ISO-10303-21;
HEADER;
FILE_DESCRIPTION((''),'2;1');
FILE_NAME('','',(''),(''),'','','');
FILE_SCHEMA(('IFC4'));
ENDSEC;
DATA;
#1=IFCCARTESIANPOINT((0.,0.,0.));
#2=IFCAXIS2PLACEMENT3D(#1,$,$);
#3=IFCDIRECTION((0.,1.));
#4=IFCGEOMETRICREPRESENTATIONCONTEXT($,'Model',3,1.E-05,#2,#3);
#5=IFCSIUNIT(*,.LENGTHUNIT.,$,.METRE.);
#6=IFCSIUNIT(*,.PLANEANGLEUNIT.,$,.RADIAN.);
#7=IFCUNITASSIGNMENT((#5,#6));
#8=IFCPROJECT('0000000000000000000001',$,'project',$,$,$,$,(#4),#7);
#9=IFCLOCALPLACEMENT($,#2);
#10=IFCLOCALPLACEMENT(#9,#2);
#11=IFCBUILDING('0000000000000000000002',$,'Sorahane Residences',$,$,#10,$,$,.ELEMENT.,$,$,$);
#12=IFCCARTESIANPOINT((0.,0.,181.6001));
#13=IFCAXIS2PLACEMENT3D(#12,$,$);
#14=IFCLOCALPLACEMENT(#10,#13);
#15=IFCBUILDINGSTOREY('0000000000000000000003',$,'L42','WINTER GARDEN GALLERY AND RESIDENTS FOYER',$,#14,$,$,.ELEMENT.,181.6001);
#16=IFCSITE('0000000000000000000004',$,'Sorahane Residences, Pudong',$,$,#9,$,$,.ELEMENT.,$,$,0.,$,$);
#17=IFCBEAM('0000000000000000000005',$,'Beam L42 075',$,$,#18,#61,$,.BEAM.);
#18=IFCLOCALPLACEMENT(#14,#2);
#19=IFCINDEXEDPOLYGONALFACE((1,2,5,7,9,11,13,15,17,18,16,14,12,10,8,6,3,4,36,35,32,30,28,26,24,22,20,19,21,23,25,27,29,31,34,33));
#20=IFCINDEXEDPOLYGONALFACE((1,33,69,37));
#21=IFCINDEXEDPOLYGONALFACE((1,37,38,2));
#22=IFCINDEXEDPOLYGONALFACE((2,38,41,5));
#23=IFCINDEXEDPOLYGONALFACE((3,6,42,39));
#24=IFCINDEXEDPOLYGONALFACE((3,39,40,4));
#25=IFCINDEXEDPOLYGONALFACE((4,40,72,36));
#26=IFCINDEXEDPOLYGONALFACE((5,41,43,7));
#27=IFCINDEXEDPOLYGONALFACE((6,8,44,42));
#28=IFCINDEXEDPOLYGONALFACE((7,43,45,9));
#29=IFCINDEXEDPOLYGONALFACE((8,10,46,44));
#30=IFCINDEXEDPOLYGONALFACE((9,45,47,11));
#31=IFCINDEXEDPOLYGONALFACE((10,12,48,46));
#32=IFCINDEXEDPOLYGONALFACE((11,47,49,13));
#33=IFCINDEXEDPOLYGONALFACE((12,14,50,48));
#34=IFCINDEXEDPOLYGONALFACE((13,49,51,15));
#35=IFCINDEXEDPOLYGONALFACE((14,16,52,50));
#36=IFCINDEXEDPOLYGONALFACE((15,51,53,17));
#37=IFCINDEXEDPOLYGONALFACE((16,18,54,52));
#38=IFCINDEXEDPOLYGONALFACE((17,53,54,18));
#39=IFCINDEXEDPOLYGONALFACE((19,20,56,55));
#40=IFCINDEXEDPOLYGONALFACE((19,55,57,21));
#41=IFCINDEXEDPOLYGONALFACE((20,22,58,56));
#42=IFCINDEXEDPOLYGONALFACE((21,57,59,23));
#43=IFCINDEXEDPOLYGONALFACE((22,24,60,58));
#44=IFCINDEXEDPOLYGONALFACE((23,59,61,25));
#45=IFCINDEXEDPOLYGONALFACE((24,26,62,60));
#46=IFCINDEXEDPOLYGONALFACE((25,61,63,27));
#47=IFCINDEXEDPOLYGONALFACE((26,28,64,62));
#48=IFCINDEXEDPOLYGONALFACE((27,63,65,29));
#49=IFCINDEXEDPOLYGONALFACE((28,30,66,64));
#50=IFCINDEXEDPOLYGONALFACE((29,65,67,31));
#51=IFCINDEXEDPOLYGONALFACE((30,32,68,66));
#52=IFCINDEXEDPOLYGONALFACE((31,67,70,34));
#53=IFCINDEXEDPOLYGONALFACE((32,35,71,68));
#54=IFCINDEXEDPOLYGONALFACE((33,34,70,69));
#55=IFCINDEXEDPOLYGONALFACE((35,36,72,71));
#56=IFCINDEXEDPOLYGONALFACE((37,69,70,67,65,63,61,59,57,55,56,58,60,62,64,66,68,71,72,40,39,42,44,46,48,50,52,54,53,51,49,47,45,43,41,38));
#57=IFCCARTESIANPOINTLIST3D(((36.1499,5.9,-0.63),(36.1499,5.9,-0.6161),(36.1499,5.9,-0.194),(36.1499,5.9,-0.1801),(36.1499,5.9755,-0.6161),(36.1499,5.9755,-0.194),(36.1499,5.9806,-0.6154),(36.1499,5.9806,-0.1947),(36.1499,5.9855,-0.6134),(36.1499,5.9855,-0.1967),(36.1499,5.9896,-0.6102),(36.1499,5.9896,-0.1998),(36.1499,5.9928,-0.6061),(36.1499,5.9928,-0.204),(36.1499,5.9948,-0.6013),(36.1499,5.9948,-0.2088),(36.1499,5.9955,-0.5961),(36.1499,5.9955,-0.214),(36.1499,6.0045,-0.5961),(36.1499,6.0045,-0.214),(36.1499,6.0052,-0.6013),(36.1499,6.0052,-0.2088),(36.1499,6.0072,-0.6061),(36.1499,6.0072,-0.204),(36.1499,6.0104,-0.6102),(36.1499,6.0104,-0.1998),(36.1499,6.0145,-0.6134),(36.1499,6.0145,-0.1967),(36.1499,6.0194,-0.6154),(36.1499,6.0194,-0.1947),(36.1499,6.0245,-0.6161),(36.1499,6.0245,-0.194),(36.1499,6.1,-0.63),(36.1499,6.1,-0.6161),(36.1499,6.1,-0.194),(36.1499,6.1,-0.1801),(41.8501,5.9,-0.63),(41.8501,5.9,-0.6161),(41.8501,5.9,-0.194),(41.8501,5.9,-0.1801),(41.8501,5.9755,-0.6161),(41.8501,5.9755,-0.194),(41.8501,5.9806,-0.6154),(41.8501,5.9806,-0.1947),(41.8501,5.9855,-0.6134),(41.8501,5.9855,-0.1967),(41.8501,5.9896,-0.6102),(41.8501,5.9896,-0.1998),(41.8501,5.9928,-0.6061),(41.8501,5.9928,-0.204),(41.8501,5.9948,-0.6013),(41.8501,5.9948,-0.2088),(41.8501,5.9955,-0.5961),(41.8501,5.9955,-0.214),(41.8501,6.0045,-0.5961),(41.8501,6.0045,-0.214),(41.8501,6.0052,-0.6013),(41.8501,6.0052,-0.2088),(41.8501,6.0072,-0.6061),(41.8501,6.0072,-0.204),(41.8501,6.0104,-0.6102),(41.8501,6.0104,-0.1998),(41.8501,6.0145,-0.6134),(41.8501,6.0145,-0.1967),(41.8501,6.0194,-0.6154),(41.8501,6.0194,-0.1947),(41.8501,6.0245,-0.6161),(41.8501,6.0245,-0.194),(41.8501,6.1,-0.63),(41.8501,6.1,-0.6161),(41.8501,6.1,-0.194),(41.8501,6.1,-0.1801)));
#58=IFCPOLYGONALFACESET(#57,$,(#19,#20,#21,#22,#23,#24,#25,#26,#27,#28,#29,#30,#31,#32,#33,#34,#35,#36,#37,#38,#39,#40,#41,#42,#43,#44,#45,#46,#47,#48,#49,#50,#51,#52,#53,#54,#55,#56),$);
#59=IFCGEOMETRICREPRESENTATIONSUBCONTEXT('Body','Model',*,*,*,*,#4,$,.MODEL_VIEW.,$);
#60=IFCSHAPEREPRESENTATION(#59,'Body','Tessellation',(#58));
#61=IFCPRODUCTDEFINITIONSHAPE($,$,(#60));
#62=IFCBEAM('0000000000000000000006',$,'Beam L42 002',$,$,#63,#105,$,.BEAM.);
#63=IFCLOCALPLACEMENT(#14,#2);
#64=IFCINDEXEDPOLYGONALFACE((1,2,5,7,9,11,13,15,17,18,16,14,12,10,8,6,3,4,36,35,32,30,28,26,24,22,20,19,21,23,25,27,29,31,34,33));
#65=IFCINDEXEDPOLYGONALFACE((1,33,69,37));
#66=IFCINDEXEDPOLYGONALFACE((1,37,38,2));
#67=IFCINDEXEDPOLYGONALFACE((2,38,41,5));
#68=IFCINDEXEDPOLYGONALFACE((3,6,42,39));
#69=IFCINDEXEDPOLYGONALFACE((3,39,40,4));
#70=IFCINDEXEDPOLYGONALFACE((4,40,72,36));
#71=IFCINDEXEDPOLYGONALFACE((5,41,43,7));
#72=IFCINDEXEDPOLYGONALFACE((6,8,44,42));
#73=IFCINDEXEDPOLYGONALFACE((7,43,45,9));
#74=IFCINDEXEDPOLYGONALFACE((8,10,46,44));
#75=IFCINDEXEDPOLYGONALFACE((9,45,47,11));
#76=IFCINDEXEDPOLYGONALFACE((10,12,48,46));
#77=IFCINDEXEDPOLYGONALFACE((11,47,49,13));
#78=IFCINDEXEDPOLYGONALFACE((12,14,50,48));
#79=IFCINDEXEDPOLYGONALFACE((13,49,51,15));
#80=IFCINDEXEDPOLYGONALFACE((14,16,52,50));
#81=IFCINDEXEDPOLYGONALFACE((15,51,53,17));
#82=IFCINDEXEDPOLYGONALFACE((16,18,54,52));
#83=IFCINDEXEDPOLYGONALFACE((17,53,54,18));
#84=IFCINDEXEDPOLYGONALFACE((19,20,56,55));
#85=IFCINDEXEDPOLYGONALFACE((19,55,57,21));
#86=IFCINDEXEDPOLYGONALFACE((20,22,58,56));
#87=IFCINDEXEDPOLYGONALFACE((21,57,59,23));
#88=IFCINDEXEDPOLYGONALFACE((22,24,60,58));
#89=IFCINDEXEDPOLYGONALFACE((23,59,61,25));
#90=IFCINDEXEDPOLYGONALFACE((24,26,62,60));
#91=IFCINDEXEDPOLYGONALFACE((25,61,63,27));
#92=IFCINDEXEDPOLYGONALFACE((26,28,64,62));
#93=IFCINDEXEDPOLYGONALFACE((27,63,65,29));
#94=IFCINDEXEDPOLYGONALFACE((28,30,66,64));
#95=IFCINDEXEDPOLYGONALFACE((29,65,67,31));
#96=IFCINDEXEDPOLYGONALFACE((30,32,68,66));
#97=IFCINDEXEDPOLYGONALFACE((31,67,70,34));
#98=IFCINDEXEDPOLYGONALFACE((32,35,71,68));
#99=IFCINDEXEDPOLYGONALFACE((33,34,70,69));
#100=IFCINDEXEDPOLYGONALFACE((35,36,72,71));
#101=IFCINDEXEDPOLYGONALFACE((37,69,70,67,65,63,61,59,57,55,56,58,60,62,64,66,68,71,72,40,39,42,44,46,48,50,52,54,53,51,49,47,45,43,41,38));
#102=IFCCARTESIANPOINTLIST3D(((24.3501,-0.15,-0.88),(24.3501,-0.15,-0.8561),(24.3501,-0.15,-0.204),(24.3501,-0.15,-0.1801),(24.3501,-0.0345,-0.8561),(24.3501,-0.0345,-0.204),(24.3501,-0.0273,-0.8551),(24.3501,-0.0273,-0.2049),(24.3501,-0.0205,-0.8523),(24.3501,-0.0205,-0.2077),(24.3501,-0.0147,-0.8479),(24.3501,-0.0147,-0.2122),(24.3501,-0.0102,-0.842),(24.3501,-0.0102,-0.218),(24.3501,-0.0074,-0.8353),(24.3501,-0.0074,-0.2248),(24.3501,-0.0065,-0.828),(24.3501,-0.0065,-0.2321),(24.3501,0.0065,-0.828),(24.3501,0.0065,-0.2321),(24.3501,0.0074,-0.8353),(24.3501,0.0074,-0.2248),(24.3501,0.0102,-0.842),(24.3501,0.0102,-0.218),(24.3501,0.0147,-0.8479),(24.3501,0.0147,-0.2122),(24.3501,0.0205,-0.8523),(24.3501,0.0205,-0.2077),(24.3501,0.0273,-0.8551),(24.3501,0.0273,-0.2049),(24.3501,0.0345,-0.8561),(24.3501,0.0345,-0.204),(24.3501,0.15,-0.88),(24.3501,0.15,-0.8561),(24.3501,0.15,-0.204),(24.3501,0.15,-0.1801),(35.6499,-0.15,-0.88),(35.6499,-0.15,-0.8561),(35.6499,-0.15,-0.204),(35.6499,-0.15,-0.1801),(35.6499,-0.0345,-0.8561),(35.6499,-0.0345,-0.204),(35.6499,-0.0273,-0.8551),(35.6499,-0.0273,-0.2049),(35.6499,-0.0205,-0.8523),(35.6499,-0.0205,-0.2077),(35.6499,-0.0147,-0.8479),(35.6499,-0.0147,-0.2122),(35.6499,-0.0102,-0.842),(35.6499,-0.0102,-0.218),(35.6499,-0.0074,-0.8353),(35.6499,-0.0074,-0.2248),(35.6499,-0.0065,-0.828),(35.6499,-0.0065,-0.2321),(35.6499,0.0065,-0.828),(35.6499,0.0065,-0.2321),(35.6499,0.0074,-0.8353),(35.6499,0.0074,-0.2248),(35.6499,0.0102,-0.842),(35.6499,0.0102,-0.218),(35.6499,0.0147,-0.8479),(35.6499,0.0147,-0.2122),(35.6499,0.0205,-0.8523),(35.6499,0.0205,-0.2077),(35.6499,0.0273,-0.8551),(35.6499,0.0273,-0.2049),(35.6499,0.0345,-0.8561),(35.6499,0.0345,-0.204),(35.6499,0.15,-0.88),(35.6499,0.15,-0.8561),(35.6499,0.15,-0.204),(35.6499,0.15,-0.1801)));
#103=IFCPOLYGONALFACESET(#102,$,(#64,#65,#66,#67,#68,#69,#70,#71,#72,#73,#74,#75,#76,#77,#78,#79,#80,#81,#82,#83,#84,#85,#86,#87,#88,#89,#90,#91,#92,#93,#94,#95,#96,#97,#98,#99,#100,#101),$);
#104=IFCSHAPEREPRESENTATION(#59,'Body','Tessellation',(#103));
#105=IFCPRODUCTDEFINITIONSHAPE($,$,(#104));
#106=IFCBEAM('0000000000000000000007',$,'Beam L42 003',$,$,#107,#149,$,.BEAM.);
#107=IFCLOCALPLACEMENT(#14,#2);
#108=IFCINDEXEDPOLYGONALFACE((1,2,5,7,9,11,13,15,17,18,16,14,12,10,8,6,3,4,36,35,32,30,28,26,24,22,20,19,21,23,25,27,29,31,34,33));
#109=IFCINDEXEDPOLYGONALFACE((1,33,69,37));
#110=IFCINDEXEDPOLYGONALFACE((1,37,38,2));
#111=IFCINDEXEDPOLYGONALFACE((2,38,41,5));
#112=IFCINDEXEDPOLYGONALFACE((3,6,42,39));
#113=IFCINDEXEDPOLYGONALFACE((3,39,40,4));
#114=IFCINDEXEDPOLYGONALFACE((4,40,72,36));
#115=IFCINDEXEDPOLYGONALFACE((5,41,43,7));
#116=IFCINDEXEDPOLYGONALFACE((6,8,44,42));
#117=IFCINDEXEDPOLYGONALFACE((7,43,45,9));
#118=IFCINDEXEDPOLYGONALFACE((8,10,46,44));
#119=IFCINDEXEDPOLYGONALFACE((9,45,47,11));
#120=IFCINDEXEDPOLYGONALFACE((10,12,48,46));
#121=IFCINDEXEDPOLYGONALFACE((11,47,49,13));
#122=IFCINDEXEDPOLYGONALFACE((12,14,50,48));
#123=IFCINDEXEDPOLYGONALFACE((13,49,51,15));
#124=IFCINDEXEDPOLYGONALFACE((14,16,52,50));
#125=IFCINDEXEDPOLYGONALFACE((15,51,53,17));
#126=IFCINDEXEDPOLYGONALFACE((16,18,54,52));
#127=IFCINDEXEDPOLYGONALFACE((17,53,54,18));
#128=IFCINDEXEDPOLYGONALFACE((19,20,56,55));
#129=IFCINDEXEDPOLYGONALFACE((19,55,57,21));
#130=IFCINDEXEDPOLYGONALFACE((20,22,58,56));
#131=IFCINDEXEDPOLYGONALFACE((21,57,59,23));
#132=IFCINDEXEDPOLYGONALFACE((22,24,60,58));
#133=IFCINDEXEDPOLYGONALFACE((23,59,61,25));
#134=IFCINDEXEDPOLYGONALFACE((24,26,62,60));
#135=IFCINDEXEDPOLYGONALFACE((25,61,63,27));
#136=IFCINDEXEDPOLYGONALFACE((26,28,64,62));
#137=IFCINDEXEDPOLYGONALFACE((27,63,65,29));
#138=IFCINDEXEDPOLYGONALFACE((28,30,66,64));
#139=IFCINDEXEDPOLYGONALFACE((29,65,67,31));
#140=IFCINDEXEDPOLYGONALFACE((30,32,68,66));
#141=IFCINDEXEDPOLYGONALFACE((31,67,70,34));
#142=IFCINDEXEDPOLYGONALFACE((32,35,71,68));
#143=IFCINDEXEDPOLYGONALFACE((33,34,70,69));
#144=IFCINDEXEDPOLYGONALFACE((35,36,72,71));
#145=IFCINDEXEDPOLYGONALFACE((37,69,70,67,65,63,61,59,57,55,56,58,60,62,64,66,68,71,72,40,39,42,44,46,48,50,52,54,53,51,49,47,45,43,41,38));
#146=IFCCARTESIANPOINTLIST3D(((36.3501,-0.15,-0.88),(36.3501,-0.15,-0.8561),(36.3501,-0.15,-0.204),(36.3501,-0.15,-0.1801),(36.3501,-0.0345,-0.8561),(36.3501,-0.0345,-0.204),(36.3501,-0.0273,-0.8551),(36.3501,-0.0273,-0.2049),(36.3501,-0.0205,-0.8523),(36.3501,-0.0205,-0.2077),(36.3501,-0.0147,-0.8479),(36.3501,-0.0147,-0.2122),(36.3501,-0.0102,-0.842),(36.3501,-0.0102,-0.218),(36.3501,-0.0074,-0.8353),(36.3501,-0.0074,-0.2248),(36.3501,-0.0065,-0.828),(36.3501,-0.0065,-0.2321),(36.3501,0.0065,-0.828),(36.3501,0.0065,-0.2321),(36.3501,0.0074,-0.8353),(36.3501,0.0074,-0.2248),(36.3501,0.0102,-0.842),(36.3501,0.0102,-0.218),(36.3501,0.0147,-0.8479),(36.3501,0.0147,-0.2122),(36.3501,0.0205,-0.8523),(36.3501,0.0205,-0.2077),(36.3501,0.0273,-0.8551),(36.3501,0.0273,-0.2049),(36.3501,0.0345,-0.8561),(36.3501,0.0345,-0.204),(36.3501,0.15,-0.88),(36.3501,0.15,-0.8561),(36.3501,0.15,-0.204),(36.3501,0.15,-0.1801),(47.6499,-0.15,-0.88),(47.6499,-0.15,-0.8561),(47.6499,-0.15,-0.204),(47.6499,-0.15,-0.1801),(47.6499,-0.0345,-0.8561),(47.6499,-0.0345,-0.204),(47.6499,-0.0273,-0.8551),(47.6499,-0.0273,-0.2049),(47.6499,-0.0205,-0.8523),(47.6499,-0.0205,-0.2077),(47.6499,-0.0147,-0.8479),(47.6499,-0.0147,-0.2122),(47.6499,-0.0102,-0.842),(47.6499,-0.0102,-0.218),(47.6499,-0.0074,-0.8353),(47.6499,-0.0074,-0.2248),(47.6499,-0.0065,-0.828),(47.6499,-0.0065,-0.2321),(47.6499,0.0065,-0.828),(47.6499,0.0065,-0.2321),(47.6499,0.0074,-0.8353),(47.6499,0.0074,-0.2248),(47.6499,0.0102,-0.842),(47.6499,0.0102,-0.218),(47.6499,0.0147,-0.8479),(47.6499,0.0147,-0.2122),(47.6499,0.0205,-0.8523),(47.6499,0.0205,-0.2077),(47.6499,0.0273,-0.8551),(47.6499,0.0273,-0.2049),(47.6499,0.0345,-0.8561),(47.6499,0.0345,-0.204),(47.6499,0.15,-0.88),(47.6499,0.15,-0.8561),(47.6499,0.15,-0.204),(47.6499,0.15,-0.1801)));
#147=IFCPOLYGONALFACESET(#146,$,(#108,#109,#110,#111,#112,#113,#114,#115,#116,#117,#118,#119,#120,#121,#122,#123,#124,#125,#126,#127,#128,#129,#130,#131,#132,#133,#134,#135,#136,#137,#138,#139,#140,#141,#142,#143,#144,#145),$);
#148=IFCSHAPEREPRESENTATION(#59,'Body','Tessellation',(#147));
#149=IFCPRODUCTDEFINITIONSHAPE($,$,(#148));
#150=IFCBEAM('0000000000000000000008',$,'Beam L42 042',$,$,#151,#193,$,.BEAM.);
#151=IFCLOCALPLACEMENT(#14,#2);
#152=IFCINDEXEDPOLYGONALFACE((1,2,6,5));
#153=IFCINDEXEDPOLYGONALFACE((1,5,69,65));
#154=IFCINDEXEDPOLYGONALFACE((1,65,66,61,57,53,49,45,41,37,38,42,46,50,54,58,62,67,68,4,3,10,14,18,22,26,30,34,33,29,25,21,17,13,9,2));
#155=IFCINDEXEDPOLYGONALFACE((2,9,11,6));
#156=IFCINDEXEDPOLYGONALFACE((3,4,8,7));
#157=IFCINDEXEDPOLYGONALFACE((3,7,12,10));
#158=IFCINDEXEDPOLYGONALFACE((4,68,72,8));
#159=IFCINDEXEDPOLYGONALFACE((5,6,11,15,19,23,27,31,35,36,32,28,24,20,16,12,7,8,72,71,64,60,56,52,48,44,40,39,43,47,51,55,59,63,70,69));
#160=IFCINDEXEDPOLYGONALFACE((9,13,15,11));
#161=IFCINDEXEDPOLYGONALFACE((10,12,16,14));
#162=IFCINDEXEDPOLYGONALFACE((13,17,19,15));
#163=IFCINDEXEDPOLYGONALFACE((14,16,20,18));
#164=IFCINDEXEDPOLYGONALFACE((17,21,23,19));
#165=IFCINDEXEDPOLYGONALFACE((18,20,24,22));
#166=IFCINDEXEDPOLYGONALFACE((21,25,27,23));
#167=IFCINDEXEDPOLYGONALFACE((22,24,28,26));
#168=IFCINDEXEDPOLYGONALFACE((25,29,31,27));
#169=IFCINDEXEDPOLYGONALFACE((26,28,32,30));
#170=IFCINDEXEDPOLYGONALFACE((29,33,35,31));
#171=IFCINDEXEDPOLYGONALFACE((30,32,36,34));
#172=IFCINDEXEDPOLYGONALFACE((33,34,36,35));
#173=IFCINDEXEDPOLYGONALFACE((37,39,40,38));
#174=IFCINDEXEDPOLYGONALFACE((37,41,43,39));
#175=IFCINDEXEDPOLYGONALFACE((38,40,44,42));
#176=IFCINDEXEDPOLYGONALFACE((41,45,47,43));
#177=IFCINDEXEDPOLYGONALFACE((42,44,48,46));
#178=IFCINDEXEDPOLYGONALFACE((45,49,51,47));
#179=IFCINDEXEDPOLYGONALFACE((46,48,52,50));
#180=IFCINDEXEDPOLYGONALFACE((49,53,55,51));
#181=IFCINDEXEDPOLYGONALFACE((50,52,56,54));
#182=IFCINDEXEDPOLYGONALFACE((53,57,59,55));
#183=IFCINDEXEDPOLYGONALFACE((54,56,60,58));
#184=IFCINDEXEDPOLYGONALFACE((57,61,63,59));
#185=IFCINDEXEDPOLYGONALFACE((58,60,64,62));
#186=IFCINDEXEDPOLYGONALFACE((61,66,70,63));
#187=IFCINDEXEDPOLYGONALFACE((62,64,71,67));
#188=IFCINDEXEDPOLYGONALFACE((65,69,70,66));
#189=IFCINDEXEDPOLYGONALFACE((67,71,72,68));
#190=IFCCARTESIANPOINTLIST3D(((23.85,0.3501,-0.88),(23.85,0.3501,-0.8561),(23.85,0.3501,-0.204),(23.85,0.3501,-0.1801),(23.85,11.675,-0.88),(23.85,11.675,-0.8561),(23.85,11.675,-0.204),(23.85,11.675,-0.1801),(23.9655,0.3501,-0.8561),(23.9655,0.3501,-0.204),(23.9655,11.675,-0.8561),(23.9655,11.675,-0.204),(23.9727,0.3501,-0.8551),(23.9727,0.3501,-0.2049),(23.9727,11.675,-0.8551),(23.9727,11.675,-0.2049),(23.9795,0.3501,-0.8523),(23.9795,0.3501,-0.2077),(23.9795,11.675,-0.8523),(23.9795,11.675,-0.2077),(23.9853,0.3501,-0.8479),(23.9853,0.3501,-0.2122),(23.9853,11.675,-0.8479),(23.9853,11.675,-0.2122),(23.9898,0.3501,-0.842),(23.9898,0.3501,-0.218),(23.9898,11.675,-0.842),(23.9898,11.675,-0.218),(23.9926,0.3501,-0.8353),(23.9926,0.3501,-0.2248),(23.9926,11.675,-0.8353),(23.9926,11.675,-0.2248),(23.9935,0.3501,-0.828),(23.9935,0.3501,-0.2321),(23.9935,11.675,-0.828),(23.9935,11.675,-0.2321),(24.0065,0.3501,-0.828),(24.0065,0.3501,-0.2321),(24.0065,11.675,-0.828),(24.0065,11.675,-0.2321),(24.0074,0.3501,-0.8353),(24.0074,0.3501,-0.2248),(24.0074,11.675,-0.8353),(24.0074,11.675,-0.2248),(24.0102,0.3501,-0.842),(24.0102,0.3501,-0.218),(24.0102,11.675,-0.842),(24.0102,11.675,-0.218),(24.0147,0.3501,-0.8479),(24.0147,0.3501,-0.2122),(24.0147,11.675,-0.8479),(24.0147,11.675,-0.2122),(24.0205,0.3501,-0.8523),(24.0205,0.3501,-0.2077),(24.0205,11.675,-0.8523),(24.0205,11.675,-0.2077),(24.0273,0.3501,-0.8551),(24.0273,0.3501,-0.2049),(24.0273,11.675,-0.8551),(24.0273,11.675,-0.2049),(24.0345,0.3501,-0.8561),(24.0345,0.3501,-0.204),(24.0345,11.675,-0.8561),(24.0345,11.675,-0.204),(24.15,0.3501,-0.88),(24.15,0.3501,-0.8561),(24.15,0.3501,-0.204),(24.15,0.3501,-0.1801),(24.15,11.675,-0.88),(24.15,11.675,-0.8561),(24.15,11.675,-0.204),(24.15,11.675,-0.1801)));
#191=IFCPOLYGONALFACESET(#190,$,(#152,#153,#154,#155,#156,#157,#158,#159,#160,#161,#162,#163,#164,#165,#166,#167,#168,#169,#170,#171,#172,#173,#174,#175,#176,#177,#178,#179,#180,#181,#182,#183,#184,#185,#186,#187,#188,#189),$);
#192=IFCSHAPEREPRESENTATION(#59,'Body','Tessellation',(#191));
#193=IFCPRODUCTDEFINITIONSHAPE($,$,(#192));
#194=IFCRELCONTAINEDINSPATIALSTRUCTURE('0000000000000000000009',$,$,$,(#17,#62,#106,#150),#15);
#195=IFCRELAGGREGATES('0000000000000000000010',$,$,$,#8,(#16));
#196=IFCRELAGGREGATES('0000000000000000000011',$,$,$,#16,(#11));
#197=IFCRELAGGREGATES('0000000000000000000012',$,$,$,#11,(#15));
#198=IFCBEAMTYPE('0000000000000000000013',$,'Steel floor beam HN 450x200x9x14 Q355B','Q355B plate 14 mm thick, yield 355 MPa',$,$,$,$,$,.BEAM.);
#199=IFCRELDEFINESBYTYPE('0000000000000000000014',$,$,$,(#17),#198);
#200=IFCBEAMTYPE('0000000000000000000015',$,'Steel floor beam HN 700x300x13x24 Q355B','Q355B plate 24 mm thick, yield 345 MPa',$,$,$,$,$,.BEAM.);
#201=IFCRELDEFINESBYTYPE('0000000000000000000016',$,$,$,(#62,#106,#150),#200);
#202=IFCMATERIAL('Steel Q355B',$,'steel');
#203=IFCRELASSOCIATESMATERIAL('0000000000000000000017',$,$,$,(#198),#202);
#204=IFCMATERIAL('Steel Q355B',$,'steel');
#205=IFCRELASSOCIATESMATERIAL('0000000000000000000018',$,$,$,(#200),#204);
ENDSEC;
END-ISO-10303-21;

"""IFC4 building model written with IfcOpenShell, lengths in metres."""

from ifc_helpers import new_model, si_unit, direction, frame, origin, origin_2d, place, context, subcontext, project, spatial, i_section, extrude, material, material_profile, profile_set, type_object, element, save


model = new_model("IFC4")

# Units and contexts
model_context = context("Model", 3, precision=1e-05, world=origin(), true_north=direction((0.0, 1.0)))
body_context = subcontext(model_context, "Body", "Model", "MODEL_VIEW")
ifc_project = project(units=[si_unit("LENGTHUNIT", "METRE"), si_unit("PLANEANGLEUNIT", "RADIAN")], contexts=[model_context])

# Site, building, storey
site_placement = place(None, origin())
site = spatial("IfcSite", under=ifc_project, at=site_placement, Name="Sorahane Residences, Pudong", CompositionType="ELEMENT", RefElevation=0.0)
building_placement = place(site_placement, origin())
building = spatial("IfcBuilding", under=site, at=building_placement, Name="Sorahane Residences", CompositionType="ELEMENT")
storey_placement = place(building_placement, frame((0.0, 0.0, 181.6001)))
storey = spatial("IfcBuildingStorey", under=building, at=storey_placement, Name="L42", Description="WINTER GARDEN GALLERY AND RESIDENTS FOYER", CompositionType="ELEMENT", Elevation=181.6001)

# Beams
ifc_material_1 = material(Name="Steel Q355B", Category="steel")
ifc_material_profile_1 = material_profile(ifc_material_1, i_section(OverallWidth=0.2, OverallDepth=0.45, WebThickness=0.009, FlangeThickness=0.0139, FilletRadius=0.02, at=origin_2d()), Name="HN 450x200x9x14")
ifc_profile_set_1 = profile_set([ifc_material_profile_1], Name="Steel Q355B")
beam_type_1 = type_object("IfcBeamType", Name="Steel floor beam HN 450x200x9x14 Q355B", Description="Q355B plate 14 mm thick, yield 355 MPa", PredefinedType="BEAM", material=ifc_profile_set_1)
for number, where, z_axis, x_axis, name in (
    (1, (36.1499, 6.0, -0.405), (1.0, 0.0, 0.0), (0.0, 1.0, 0.0), "Beam L42 075"),
):
    element("IfcBeam", number, at=place(storey_placement, frame(where, z_axis=z_axis, x_axis=x_axis)), inside=storey, type_object=beam_type_1, Name=name, PredefinedType="BEAM", context=body_context, shape_type="SweptSolid", body=[
        extrude(i_section(OverallWidth=0.2, OverallDepth=0.45, WebThickness=0.009, FlangeThickness=0.0139, FilletRadius=0.02, at=origin_2d()), origin(), (0.0, 0.0, 1.0), 5.7002),
    ])
ifc_material_2 = material(Name="Steel Q355B", Category="steel")
ifc_material_profile_2 = material_profile(ifc_material_2, i_section(OverallWidth=0.3, OverallDepth=0.7, WebThickness=0.0129, FlangeThickness=0.0239, FilletRadius=0.0281, at=origin_2d()), Name="HN 700x300x13x24")
ifc_profile_set_2 = profile_set([ifc_material_profile_2], Name="Steel Q355B")
beam_type_2 = type_object("IfcBeamType", Name="Steel floor beam HN 700x300x13x24 Q355B", Description="Q355B plate 24 mm thick, yield 345 MPa", PredefinedType="BEAM", material=ifc_profile_set_2)
for number, where, z_axis, x_axis, name in (
    (2, (24.3501, 0.0, -0.53), (1.0, 0.0, 0.0), (0.0, 1.0, 0.0), "Beam L42 002"),
    (3, (36.3501, 0.0, -0.53), (1.0, 0.0, 0.0), (0.0, 1.0, 0.0), "Beam L42 003"),
):
    element("IfcBeam", number, at=place(storey_placement, frame(where, z_axis=z_axis, x_axis=x_axis)), inside=storey, type_object=beam_type_2, Name=name, PredefinedType="BEAM", context=body_context, shape_type="SweptSolid", body=[
        extrude(i_section(OverallWidth=0.3, OverallDepth=0.7, WebThickness=0.0129, FlangeThickness=0.0239, FilletRadius=0.0281, at=origin_2d()), origin(), (0.0, 0.0, 1.0), 11.2998),
    ])
beam_1_placement = place(storey_placement, frame((24.0, 0.3501, -0.53), z_axis=(0.0, 1.0, 0.0), x_axis=(-1.0, 0.0, 0.0)))
element("IfcBeam", 4, at=beam_1_placement, inside=storey, type_object=beam_type_2, Name="Beam L42 042", PredefinedType="BEAM", context=body_context, shape_type="SweptSolid", body=[
    extrude(i_section(OverallWidth=0.3, OverallDepth=0.7, WebThickness=0.0129, FlangeThickness=0.0239, FilletRadius=0.0281, at=origin_2d()), origin(), (0.0, 0.0, 1.0), 11.325),
])

save(model, "model.ifc")
